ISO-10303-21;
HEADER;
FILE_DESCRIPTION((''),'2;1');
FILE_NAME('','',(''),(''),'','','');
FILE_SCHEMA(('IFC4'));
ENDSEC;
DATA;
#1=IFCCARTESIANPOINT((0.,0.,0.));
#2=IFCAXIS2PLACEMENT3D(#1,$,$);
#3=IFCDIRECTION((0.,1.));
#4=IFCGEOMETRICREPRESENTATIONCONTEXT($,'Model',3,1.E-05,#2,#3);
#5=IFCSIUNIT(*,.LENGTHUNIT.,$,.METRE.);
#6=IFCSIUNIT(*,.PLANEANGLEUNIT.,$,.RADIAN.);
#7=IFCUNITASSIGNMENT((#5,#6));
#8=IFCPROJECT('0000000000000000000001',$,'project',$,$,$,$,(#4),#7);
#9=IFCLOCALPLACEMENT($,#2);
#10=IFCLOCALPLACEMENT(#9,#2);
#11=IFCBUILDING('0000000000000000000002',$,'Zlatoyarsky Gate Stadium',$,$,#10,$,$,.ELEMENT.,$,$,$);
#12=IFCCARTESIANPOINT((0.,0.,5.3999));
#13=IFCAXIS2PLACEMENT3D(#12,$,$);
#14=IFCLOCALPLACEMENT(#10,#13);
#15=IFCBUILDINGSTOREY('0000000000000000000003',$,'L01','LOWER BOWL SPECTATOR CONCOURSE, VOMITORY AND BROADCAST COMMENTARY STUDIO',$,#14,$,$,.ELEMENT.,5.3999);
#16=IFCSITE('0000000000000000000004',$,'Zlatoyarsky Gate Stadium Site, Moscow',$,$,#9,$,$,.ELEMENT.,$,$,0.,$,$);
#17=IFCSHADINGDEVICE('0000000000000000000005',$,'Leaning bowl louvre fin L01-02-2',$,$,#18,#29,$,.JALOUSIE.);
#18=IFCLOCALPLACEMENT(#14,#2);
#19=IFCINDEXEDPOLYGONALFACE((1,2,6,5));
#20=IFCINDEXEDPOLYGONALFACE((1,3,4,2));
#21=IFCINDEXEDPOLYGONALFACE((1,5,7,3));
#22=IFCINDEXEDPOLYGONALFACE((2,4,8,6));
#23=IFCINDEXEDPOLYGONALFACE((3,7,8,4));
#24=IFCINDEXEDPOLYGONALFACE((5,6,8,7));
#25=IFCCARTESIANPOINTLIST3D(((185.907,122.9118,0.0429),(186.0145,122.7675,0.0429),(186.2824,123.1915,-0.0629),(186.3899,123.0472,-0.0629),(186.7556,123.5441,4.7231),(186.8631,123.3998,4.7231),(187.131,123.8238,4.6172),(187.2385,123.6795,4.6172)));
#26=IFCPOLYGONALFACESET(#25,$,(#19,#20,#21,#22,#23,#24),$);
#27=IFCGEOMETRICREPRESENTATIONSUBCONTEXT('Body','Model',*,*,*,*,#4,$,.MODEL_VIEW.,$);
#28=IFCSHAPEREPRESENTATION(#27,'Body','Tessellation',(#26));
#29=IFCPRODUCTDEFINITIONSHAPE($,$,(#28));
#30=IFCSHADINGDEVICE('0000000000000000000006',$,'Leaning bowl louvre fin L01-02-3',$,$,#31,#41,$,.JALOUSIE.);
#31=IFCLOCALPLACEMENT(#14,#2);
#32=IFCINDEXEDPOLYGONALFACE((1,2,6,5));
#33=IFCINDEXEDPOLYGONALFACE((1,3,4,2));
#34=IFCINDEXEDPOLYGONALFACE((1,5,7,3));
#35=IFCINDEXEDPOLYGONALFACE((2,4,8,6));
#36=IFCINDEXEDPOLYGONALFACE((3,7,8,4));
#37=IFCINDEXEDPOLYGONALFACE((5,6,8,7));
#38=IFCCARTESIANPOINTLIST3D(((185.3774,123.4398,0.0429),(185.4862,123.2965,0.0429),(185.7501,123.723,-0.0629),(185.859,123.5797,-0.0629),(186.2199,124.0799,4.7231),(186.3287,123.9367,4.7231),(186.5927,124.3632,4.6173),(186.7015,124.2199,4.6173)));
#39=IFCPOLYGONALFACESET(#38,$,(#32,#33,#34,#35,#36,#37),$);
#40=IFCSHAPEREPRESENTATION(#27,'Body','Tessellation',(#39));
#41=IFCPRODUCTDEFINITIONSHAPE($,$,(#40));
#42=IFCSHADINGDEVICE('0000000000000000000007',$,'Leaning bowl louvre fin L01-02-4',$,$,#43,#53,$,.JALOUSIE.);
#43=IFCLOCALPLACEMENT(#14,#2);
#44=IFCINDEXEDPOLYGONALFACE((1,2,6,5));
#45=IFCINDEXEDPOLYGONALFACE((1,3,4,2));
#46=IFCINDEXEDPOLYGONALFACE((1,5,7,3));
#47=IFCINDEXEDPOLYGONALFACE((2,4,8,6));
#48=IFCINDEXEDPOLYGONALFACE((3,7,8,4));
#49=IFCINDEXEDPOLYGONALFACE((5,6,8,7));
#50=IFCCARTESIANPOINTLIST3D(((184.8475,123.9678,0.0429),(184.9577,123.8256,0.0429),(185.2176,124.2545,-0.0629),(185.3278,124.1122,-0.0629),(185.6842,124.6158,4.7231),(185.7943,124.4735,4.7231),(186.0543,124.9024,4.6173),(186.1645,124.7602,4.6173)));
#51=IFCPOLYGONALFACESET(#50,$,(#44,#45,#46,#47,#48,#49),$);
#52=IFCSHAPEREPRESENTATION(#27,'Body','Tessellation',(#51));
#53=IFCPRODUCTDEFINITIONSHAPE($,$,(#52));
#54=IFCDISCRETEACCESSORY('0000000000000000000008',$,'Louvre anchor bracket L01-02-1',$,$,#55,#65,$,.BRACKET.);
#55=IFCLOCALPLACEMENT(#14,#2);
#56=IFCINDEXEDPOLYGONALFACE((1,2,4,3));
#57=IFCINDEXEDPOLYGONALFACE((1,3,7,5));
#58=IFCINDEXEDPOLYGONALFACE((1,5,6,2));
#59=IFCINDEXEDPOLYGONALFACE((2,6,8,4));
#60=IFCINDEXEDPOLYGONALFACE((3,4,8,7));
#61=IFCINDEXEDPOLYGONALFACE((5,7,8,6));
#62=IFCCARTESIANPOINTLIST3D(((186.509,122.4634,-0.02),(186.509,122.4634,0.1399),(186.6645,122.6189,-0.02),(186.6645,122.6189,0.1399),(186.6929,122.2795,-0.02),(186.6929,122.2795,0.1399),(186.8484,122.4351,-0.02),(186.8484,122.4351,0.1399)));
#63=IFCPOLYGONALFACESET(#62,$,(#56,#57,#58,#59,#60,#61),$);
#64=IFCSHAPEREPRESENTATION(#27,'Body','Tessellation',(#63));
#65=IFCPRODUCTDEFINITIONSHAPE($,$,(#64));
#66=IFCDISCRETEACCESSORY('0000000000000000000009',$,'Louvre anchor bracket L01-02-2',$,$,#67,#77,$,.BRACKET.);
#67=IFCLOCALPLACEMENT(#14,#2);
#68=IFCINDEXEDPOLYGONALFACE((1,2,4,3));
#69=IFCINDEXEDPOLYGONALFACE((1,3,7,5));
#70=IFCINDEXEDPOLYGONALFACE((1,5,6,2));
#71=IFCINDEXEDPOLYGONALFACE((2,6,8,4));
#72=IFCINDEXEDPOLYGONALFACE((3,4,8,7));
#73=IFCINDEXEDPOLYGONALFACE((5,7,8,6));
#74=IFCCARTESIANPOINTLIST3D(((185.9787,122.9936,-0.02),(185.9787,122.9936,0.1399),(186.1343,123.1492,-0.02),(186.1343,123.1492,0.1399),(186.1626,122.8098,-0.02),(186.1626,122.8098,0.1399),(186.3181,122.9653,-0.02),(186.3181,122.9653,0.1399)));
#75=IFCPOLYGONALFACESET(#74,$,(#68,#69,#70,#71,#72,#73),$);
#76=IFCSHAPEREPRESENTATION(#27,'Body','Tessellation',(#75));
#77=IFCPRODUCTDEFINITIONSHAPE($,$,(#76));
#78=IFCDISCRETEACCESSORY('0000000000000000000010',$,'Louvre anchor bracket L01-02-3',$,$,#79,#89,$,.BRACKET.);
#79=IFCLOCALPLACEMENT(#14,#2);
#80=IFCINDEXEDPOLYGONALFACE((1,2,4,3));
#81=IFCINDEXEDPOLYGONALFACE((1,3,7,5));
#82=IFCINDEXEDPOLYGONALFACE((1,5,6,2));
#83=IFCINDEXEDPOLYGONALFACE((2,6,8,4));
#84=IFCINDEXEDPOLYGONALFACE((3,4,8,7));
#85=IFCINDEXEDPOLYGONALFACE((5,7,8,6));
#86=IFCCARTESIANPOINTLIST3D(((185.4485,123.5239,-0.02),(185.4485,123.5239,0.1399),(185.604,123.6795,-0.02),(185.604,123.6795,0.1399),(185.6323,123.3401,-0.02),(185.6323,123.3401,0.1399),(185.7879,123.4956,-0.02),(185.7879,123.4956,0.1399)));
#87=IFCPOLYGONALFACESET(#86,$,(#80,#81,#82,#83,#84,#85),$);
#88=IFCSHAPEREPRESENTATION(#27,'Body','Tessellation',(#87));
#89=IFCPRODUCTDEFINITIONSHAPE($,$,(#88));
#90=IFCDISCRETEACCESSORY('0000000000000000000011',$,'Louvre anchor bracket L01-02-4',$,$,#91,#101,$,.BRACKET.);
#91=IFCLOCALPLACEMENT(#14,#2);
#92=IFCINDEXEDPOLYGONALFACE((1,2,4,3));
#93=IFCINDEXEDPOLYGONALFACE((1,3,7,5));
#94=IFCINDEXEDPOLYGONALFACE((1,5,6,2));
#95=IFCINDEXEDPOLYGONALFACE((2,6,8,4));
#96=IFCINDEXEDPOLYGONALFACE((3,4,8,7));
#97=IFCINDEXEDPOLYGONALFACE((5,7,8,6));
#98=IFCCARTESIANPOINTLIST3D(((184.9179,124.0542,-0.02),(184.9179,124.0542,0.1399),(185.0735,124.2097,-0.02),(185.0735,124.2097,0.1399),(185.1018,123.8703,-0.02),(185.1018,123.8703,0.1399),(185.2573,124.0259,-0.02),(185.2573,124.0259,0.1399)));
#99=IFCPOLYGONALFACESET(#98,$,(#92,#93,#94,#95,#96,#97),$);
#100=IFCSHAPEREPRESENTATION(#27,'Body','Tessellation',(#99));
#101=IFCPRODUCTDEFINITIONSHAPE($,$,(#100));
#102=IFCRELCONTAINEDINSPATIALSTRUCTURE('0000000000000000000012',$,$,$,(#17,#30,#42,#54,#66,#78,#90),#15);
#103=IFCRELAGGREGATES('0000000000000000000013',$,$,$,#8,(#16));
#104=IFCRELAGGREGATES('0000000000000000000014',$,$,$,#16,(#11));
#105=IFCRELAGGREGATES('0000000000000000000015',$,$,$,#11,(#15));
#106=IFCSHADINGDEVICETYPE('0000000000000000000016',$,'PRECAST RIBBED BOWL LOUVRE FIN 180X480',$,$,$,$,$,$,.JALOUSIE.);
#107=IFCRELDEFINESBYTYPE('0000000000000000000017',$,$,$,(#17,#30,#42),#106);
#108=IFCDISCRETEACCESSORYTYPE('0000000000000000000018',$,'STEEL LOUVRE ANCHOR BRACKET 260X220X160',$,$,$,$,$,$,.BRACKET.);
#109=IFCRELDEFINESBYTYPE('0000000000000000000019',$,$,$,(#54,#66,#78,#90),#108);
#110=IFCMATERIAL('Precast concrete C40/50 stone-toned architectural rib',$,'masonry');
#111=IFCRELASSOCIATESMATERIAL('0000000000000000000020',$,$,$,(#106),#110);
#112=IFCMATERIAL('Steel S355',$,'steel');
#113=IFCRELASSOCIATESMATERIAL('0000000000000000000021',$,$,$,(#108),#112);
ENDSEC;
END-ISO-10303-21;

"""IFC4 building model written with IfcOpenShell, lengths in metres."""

from ifc_helpers import new_model, si_unit, direction, frame, origin, origin_2d, place, context, subcontext, project, spatial, rectangle, extrude, material, material_profile, profile_set, type_object, element, save


model = new_model("IFC4")

# Units and contexts
model_context = context("Model", 3, precision=1e-05, world=origin(), true_north=direction((0.0, 1.0)))
body_context = subcontext(model_context, "Body", "Model", "MODEL_VIEW")
ifc_project = project(units=[si_unit("LENGTHUNIT", "METRE"), si_unit("PLANEANGLEUNIT", "RADIAN")], contexts=[model_context])

# Site, building, storey
site_placement = place(None, origin())
site = spatial("IfcSite", under=ifc_project, at=site_placement, Name="Zlatoyarsky Gate Stadium Site, Moscow", CompositionType="ELEMENT", RefElevation=0.0)
building_placement = place(site_placement, origin())
building = spatial("IfcBuilding", under=site, at=building_placement, Name="Zlatoyarsky Gate Stadium", CompositionType="ELEMENT")
storey_placement = place(building_placement, frame((0.0, 0.0, 5.3999)))
storey = spatial("IfcBuildingStorey", under=building, at=storey_placement, Name="L01", Description="LOWER BOWL SPECTATOR CONCOURSE, VOMITORY AND BROADCAST COMMENTARY STUDIO", CompositionType="ELEMENT", Elevation=5.3999)

# Shared definitions
ifc_material_1 = material(Name="Steel S355", Category="steel")

# Shading devices
ifc_material_2 = material(Name="Precast concrete C40/50 stone-toned architectural rib", Category="masonry")
ifc_material_profile_1 = material_profile(ifc_material_2, rectangle(XDim=0.1799, YDim=0.48, at=origin_2d()), Name="RIB 180X480")
ifc_profile_set_1 = profile_set([ifc_material_profile_1], Name="Precast concrete C40/50 stone-toned architectural rib")
shading_device_type = type_object("IfcShadingDeviceType", Name="PRECAST RIBBED BOWL LOUVRE FIN 180X480", PredefinedType="JALOUSIE", material=ifc_profile_set_1)
for number, where, z_axis, x_axis, name in (
    (1, (186.1484, 122.9795, -0.01), (0.17686, 0.13178, 0.975374), (-0.597487, 0.801878, 0.0), "Leaning bowl louvre fin L01-02-2"),
    (2, (185.6182, 123.5098, -0.01), (0.175589, 0.133409, 0.975382), (-0.604972, 0.796247, 0.0), "Leaning bowl louvre fin L01-02-3"),
    (3, (185.0876, 124.04, -0.01), (0.174367, 0.135037, 0.975377), (-0.612294, 0.79063, 0.0), "Leaning bowl louvre fin L01-02-4"),
):
    element("IfcShadingDevice", number, at=place(storey_placement, frame(where, z_axis=z_axis, x_axis=x_axis)), inside=storey, type_object=shading_device_type, Name=name, PredefinedType="JALOUSIE", context=body_context, shape_type="SweptSolid", body=[
        extrude(rectangle(XDim=0.1799, YDim=0.48, at=origin_2d()), origin(), (0.0, 0.0, 1.0), 4.7983),
    ])

# Discrete accessories
discrete_accessory_type = type_object("IfcDiscreteAccessoryType", Name="STEEL LOUVRE ANCHOR BRACKET 260X220X160", PredefinedType="BRACKET", material=ifc_material_1)
for number, where, z_axis, x_axis, name in (
    (4, (186.6787, 122.4492, -0.02), (0.0, 0.0, 1.0), (-0.707137, 0.707076, 0.0), "Louvre anchor bracket L01-02-1"),
    (5, (186.1484, 122.9795, -0.02), (0.0, 0.0, 1.0), (-0.707137, 0.707076, 0.0), "Louvre anchor bracket L01-02-2"),
    (6, (185.6182, 123.5098, -0.02), (0.0, 0.0, 1.0), (-0.707137, 0.707076, 0.0), "Louvre anchor bracket L01-02-3"),
    (7, (185.0876, 124.04, -0.02), (0.0, 0.0, 1.0), (-0.707137, 0.707076, 0.0), "Louvre anchor bracket L01-02-4"),
):
    element("IfcDiscreteAccessory", number, at=place(storey_placement, frame(where, z_axis=z_axis, x_axis=x_axis)), inside=storey, type_object=discrete_accessory_type, Name=name, PredefinedType="BRACKET", context=body_context, shape_type="SweptSolid", body=[
        extrude(rectangle(XDim=0.26, YDim=0.22, at=origin_2d()), origin(), (0.0, 0.0, 1.0), 0.1599),
    ])

save(model, "model.ifc")
